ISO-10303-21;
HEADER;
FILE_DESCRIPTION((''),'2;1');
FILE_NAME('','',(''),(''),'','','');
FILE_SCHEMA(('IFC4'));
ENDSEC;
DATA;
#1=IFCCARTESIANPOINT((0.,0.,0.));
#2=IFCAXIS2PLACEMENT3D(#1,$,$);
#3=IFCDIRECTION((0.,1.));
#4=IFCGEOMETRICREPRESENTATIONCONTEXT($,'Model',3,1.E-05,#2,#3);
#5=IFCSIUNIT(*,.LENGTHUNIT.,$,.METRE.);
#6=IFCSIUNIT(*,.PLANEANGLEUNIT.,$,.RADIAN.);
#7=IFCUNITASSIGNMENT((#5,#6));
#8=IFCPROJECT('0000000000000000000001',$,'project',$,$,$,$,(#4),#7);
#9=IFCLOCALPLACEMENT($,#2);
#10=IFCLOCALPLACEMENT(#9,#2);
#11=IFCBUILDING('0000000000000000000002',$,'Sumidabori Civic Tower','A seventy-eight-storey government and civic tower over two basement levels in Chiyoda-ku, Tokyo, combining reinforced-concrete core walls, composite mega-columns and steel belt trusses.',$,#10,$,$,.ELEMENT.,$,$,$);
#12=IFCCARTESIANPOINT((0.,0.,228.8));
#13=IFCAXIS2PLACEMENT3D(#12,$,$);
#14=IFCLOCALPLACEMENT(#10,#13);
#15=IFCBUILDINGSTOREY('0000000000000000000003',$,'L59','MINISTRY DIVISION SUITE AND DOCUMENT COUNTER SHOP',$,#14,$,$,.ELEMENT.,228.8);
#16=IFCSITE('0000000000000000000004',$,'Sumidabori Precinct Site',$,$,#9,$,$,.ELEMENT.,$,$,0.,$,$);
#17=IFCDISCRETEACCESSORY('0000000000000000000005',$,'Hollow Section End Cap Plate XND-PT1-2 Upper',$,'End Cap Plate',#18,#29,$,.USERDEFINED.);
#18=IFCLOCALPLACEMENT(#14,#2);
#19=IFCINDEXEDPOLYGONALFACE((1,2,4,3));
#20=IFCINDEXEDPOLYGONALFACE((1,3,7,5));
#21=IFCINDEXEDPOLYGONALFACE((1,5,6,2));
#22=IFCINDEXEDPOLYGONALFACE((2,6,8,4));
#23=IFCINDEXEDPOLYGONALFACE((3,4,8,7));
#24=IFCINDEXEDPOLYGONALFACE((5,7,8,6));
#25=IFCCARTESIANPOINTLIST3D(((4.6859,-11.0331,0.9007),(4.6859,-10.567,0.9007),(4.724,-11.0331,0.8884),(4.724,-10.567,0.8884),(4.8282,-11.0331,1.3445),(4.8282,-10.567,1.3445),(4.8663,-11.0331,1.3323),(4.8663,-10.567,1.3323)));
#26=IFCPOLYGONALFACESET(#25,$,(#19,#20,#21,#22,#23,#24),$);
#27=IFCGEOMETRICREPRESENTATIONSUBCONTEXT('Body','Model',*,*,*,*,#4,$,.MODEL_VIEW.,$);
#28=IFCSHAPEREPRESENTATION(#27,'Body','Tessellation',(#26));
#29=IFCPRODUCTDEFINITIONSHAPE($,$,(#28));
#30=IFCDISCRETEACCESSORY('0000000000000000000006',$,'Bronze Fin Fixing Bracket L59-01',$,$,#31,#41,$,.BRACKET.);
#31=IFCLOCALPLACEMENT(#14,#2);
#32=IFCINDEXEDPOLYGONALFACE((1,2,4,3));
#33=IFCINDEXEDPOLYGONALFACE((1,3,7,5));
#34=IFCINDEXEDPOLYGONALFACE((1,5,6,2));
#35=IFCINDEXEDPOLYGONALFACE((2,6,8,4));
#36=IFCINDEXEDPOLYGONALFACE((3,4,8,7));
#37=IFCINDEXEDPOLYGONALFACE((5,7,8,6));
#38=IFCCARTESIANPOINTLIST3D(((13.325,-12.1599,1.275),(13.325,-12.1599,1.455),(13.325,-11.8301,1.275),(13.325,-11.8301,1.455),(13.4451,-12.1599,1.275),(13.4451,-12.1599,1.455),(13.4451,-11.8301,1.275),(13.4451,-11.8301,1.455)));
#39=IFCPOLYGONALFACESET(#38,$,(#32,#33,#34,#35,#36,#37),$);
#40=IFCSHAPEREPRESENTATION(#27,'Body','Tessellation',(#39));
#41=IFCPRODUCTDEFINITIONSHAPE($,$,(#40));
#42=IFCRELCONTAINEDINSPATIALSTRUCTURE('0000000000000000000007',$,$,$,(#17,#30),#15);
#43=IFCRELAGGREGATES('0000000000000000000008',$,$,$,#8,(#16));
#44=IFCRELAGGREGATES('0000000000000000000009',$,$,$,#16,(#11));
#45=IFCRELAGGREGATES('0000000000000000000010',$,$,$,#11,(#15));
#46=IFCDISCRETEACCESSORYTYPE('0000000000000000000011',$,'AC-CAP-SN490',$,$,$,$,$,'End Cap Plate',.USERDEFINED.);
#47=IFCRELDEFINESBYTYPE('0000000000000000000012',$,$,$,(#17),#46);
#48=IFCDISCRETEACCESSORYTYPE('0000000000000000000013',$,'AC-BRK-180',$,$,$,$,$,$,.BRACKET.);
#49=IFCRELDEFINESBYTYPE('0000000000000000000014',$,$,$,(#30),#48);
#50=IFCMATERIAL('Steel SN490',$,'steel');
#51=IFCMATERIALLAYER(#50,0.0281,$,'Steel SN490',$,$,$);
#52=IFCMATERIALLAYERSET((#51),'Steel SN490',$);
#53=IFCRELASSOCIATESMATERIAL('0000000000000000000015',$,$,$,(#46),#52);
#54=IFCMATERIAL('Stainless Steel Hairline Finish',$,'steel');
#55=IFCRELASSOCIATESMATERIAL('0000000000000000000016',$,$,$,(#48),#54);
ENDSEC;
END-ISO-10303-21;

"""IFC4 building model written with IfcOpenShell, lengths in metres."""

from ifc_helpers import new_model, si_unit, direction, frame, origin, origin_2d, place, context, subcontext, project, spatial, rectangle, extrude, source, transform, mapped, material, layer, layer_set, material_profile, profile_set, type_object, element, save


model = new_model("IFC4")

# Units and contexts
model_context = context("Model", 3, precision=1e-05, world=origin(), true_north=direction((0.0, 1.0)))
body_context = subcontext(model_context, "Body", "Model", "MODEL_VIEW")
ifc_project = project(units=[si_unit("LENGTHUNIT", "METRE"), si_unit("PLANEANGLEUNIT", "RADIAN")], contexts=[model_context])

# Site, building, storey
site_placement = place(None, origin())
site = spatial("IfcSite", under=ifc_project, at=site_placement, Name="Sumidabori Precinct Site", CompositionType="ELEMENT", RefElevation=0.0)
building_placement = place(site_placement, origin())
building = spatial("IfcBuilding", under=site, at=building_placement, Name="Sumidabori Civic Tower", Description="A seventy-eight-storey government and civic tower over two basement levels in Chiyoda-ku, Tokyo, combining reinforced-concrete core walls, composite mega-columns and steel belt trusses.", CompositionType="ELEMENT")
storey_placement = place(building_placement, frame((0.0, 0.0, 228.8)))
storey = spatial("IfcBuildingStorey", under=building, at=storey_placement, Name="L59", Description="MINISTRY DIVISION SUITE AND DOCUMENT COUNTER SHOP", CompositionType="ELEMENT", Elevation=228.8)

# Shared definitions
ifc_material_1 = material(Name="Steel SN490", Category="steel")

# Discrete accessories
ifc_layer_1 = layer(ifc_material_1, 0.0281, Name="Steel SN490")
ifc_layer_set_1 = layer_set([ifc_layer_1], Name="Steel SN490")
discrete_accessory_type_1 = type_object("IfcDiscreteAccessoryType", Name="AC-CAP-SN490", ElementType="End Cap Plate", PredefinedType="USERDEFINED", material=ifc_layer_set_1)
shared_shape_1 = source(origin(), body_context, "Body", "SweptSolid", [
    extrude(rectangle(XDim=0.4661, YDim=0.4661, at=origin_2d()), origin(), (0.0, 0.0, 1.0), 0.04),
])
discrete_accessory_1_placement = place(storey_placement, frame((4.7952, -10.8, 1.1104), z_axis=(-0.952282, 0.0, 0.305219), x_axis=(0.0, -1.0, 0.0)))
element("IfcDiscreteAccessory", 1, at=discrete_accessory_1_placement, inside=storey, type_object=discrete_accessory_type_1, Name="Hollow Section End Cap Plate XND-PT1-2 Upper", ObjectType="End Cap Plate", PredefinedType="USERDEFINED", context=body_context, shape_type="MappedRepresentation", body=[
    mapped(shared_shape_1, transform((0.0, 0.0, 0.0), x_axis=(1.0, 0.0, 0.0), y_axis=(0.0, 1.0, 0.0), z_axis=(0.0, 0.0, 1.0), scale=1.0)),
])
ifc_material_2 = material(Name="Stainless Steel Hairline Finish", Category="steel")
ifc_material_profile_1 = material_profile(ifc_material_2, rectangle(XDim=0.1201, YDim=0.1799, at=origin_2d()), Name="STEEL BRACKET 180x120")
ifc_profile_set_1 = profile_set([ifc_material_profile_1], Name="Stainless Steel Hairline Finish")
discrete_accessory_type_2 = type_object("IfcDiscreteAccessoryType", Name="AC-BRK-180", PredefinedType="BRACKET", material=ifc_profile_set_1)
shared_shape_2 = source(origin(), body_context, "Body", "SweptSolid", [
    extrude(rectangle(XDim=0.1201, YDim=0.1799, at=origin_2d()), origin(), (0.0, 0.0, 1.0), 0.3298),
])
discrete_accessory_2_placement = place(storey_placement, frame((13.385, -11.8301, 1.365), z_axis=(0.0, -1.0, 0.0), x_axis=(1.0, 0.0, 0.0)))
element("IfcDiscreteAccessory", 2, at=discrete_accessory_2_placement, inside=storey, type_object=discrete_accessory_type_2, Name="Bronze Fin Fixing Bracket L59-01", PredefinedType="BRACKET", context=body_context, shape_type="MappedRepresentation", body=[
    mapped(shared_shape_2, transform((0.0, 0.0, 0.0), x_axis=(1.0, 0.0, 0.0), y_axis=(0.0, 1.0, 0.0), z_axis=(0.0, 0.0, 1.0), scale=1.0)),
])

save(model, "model.ifc")
